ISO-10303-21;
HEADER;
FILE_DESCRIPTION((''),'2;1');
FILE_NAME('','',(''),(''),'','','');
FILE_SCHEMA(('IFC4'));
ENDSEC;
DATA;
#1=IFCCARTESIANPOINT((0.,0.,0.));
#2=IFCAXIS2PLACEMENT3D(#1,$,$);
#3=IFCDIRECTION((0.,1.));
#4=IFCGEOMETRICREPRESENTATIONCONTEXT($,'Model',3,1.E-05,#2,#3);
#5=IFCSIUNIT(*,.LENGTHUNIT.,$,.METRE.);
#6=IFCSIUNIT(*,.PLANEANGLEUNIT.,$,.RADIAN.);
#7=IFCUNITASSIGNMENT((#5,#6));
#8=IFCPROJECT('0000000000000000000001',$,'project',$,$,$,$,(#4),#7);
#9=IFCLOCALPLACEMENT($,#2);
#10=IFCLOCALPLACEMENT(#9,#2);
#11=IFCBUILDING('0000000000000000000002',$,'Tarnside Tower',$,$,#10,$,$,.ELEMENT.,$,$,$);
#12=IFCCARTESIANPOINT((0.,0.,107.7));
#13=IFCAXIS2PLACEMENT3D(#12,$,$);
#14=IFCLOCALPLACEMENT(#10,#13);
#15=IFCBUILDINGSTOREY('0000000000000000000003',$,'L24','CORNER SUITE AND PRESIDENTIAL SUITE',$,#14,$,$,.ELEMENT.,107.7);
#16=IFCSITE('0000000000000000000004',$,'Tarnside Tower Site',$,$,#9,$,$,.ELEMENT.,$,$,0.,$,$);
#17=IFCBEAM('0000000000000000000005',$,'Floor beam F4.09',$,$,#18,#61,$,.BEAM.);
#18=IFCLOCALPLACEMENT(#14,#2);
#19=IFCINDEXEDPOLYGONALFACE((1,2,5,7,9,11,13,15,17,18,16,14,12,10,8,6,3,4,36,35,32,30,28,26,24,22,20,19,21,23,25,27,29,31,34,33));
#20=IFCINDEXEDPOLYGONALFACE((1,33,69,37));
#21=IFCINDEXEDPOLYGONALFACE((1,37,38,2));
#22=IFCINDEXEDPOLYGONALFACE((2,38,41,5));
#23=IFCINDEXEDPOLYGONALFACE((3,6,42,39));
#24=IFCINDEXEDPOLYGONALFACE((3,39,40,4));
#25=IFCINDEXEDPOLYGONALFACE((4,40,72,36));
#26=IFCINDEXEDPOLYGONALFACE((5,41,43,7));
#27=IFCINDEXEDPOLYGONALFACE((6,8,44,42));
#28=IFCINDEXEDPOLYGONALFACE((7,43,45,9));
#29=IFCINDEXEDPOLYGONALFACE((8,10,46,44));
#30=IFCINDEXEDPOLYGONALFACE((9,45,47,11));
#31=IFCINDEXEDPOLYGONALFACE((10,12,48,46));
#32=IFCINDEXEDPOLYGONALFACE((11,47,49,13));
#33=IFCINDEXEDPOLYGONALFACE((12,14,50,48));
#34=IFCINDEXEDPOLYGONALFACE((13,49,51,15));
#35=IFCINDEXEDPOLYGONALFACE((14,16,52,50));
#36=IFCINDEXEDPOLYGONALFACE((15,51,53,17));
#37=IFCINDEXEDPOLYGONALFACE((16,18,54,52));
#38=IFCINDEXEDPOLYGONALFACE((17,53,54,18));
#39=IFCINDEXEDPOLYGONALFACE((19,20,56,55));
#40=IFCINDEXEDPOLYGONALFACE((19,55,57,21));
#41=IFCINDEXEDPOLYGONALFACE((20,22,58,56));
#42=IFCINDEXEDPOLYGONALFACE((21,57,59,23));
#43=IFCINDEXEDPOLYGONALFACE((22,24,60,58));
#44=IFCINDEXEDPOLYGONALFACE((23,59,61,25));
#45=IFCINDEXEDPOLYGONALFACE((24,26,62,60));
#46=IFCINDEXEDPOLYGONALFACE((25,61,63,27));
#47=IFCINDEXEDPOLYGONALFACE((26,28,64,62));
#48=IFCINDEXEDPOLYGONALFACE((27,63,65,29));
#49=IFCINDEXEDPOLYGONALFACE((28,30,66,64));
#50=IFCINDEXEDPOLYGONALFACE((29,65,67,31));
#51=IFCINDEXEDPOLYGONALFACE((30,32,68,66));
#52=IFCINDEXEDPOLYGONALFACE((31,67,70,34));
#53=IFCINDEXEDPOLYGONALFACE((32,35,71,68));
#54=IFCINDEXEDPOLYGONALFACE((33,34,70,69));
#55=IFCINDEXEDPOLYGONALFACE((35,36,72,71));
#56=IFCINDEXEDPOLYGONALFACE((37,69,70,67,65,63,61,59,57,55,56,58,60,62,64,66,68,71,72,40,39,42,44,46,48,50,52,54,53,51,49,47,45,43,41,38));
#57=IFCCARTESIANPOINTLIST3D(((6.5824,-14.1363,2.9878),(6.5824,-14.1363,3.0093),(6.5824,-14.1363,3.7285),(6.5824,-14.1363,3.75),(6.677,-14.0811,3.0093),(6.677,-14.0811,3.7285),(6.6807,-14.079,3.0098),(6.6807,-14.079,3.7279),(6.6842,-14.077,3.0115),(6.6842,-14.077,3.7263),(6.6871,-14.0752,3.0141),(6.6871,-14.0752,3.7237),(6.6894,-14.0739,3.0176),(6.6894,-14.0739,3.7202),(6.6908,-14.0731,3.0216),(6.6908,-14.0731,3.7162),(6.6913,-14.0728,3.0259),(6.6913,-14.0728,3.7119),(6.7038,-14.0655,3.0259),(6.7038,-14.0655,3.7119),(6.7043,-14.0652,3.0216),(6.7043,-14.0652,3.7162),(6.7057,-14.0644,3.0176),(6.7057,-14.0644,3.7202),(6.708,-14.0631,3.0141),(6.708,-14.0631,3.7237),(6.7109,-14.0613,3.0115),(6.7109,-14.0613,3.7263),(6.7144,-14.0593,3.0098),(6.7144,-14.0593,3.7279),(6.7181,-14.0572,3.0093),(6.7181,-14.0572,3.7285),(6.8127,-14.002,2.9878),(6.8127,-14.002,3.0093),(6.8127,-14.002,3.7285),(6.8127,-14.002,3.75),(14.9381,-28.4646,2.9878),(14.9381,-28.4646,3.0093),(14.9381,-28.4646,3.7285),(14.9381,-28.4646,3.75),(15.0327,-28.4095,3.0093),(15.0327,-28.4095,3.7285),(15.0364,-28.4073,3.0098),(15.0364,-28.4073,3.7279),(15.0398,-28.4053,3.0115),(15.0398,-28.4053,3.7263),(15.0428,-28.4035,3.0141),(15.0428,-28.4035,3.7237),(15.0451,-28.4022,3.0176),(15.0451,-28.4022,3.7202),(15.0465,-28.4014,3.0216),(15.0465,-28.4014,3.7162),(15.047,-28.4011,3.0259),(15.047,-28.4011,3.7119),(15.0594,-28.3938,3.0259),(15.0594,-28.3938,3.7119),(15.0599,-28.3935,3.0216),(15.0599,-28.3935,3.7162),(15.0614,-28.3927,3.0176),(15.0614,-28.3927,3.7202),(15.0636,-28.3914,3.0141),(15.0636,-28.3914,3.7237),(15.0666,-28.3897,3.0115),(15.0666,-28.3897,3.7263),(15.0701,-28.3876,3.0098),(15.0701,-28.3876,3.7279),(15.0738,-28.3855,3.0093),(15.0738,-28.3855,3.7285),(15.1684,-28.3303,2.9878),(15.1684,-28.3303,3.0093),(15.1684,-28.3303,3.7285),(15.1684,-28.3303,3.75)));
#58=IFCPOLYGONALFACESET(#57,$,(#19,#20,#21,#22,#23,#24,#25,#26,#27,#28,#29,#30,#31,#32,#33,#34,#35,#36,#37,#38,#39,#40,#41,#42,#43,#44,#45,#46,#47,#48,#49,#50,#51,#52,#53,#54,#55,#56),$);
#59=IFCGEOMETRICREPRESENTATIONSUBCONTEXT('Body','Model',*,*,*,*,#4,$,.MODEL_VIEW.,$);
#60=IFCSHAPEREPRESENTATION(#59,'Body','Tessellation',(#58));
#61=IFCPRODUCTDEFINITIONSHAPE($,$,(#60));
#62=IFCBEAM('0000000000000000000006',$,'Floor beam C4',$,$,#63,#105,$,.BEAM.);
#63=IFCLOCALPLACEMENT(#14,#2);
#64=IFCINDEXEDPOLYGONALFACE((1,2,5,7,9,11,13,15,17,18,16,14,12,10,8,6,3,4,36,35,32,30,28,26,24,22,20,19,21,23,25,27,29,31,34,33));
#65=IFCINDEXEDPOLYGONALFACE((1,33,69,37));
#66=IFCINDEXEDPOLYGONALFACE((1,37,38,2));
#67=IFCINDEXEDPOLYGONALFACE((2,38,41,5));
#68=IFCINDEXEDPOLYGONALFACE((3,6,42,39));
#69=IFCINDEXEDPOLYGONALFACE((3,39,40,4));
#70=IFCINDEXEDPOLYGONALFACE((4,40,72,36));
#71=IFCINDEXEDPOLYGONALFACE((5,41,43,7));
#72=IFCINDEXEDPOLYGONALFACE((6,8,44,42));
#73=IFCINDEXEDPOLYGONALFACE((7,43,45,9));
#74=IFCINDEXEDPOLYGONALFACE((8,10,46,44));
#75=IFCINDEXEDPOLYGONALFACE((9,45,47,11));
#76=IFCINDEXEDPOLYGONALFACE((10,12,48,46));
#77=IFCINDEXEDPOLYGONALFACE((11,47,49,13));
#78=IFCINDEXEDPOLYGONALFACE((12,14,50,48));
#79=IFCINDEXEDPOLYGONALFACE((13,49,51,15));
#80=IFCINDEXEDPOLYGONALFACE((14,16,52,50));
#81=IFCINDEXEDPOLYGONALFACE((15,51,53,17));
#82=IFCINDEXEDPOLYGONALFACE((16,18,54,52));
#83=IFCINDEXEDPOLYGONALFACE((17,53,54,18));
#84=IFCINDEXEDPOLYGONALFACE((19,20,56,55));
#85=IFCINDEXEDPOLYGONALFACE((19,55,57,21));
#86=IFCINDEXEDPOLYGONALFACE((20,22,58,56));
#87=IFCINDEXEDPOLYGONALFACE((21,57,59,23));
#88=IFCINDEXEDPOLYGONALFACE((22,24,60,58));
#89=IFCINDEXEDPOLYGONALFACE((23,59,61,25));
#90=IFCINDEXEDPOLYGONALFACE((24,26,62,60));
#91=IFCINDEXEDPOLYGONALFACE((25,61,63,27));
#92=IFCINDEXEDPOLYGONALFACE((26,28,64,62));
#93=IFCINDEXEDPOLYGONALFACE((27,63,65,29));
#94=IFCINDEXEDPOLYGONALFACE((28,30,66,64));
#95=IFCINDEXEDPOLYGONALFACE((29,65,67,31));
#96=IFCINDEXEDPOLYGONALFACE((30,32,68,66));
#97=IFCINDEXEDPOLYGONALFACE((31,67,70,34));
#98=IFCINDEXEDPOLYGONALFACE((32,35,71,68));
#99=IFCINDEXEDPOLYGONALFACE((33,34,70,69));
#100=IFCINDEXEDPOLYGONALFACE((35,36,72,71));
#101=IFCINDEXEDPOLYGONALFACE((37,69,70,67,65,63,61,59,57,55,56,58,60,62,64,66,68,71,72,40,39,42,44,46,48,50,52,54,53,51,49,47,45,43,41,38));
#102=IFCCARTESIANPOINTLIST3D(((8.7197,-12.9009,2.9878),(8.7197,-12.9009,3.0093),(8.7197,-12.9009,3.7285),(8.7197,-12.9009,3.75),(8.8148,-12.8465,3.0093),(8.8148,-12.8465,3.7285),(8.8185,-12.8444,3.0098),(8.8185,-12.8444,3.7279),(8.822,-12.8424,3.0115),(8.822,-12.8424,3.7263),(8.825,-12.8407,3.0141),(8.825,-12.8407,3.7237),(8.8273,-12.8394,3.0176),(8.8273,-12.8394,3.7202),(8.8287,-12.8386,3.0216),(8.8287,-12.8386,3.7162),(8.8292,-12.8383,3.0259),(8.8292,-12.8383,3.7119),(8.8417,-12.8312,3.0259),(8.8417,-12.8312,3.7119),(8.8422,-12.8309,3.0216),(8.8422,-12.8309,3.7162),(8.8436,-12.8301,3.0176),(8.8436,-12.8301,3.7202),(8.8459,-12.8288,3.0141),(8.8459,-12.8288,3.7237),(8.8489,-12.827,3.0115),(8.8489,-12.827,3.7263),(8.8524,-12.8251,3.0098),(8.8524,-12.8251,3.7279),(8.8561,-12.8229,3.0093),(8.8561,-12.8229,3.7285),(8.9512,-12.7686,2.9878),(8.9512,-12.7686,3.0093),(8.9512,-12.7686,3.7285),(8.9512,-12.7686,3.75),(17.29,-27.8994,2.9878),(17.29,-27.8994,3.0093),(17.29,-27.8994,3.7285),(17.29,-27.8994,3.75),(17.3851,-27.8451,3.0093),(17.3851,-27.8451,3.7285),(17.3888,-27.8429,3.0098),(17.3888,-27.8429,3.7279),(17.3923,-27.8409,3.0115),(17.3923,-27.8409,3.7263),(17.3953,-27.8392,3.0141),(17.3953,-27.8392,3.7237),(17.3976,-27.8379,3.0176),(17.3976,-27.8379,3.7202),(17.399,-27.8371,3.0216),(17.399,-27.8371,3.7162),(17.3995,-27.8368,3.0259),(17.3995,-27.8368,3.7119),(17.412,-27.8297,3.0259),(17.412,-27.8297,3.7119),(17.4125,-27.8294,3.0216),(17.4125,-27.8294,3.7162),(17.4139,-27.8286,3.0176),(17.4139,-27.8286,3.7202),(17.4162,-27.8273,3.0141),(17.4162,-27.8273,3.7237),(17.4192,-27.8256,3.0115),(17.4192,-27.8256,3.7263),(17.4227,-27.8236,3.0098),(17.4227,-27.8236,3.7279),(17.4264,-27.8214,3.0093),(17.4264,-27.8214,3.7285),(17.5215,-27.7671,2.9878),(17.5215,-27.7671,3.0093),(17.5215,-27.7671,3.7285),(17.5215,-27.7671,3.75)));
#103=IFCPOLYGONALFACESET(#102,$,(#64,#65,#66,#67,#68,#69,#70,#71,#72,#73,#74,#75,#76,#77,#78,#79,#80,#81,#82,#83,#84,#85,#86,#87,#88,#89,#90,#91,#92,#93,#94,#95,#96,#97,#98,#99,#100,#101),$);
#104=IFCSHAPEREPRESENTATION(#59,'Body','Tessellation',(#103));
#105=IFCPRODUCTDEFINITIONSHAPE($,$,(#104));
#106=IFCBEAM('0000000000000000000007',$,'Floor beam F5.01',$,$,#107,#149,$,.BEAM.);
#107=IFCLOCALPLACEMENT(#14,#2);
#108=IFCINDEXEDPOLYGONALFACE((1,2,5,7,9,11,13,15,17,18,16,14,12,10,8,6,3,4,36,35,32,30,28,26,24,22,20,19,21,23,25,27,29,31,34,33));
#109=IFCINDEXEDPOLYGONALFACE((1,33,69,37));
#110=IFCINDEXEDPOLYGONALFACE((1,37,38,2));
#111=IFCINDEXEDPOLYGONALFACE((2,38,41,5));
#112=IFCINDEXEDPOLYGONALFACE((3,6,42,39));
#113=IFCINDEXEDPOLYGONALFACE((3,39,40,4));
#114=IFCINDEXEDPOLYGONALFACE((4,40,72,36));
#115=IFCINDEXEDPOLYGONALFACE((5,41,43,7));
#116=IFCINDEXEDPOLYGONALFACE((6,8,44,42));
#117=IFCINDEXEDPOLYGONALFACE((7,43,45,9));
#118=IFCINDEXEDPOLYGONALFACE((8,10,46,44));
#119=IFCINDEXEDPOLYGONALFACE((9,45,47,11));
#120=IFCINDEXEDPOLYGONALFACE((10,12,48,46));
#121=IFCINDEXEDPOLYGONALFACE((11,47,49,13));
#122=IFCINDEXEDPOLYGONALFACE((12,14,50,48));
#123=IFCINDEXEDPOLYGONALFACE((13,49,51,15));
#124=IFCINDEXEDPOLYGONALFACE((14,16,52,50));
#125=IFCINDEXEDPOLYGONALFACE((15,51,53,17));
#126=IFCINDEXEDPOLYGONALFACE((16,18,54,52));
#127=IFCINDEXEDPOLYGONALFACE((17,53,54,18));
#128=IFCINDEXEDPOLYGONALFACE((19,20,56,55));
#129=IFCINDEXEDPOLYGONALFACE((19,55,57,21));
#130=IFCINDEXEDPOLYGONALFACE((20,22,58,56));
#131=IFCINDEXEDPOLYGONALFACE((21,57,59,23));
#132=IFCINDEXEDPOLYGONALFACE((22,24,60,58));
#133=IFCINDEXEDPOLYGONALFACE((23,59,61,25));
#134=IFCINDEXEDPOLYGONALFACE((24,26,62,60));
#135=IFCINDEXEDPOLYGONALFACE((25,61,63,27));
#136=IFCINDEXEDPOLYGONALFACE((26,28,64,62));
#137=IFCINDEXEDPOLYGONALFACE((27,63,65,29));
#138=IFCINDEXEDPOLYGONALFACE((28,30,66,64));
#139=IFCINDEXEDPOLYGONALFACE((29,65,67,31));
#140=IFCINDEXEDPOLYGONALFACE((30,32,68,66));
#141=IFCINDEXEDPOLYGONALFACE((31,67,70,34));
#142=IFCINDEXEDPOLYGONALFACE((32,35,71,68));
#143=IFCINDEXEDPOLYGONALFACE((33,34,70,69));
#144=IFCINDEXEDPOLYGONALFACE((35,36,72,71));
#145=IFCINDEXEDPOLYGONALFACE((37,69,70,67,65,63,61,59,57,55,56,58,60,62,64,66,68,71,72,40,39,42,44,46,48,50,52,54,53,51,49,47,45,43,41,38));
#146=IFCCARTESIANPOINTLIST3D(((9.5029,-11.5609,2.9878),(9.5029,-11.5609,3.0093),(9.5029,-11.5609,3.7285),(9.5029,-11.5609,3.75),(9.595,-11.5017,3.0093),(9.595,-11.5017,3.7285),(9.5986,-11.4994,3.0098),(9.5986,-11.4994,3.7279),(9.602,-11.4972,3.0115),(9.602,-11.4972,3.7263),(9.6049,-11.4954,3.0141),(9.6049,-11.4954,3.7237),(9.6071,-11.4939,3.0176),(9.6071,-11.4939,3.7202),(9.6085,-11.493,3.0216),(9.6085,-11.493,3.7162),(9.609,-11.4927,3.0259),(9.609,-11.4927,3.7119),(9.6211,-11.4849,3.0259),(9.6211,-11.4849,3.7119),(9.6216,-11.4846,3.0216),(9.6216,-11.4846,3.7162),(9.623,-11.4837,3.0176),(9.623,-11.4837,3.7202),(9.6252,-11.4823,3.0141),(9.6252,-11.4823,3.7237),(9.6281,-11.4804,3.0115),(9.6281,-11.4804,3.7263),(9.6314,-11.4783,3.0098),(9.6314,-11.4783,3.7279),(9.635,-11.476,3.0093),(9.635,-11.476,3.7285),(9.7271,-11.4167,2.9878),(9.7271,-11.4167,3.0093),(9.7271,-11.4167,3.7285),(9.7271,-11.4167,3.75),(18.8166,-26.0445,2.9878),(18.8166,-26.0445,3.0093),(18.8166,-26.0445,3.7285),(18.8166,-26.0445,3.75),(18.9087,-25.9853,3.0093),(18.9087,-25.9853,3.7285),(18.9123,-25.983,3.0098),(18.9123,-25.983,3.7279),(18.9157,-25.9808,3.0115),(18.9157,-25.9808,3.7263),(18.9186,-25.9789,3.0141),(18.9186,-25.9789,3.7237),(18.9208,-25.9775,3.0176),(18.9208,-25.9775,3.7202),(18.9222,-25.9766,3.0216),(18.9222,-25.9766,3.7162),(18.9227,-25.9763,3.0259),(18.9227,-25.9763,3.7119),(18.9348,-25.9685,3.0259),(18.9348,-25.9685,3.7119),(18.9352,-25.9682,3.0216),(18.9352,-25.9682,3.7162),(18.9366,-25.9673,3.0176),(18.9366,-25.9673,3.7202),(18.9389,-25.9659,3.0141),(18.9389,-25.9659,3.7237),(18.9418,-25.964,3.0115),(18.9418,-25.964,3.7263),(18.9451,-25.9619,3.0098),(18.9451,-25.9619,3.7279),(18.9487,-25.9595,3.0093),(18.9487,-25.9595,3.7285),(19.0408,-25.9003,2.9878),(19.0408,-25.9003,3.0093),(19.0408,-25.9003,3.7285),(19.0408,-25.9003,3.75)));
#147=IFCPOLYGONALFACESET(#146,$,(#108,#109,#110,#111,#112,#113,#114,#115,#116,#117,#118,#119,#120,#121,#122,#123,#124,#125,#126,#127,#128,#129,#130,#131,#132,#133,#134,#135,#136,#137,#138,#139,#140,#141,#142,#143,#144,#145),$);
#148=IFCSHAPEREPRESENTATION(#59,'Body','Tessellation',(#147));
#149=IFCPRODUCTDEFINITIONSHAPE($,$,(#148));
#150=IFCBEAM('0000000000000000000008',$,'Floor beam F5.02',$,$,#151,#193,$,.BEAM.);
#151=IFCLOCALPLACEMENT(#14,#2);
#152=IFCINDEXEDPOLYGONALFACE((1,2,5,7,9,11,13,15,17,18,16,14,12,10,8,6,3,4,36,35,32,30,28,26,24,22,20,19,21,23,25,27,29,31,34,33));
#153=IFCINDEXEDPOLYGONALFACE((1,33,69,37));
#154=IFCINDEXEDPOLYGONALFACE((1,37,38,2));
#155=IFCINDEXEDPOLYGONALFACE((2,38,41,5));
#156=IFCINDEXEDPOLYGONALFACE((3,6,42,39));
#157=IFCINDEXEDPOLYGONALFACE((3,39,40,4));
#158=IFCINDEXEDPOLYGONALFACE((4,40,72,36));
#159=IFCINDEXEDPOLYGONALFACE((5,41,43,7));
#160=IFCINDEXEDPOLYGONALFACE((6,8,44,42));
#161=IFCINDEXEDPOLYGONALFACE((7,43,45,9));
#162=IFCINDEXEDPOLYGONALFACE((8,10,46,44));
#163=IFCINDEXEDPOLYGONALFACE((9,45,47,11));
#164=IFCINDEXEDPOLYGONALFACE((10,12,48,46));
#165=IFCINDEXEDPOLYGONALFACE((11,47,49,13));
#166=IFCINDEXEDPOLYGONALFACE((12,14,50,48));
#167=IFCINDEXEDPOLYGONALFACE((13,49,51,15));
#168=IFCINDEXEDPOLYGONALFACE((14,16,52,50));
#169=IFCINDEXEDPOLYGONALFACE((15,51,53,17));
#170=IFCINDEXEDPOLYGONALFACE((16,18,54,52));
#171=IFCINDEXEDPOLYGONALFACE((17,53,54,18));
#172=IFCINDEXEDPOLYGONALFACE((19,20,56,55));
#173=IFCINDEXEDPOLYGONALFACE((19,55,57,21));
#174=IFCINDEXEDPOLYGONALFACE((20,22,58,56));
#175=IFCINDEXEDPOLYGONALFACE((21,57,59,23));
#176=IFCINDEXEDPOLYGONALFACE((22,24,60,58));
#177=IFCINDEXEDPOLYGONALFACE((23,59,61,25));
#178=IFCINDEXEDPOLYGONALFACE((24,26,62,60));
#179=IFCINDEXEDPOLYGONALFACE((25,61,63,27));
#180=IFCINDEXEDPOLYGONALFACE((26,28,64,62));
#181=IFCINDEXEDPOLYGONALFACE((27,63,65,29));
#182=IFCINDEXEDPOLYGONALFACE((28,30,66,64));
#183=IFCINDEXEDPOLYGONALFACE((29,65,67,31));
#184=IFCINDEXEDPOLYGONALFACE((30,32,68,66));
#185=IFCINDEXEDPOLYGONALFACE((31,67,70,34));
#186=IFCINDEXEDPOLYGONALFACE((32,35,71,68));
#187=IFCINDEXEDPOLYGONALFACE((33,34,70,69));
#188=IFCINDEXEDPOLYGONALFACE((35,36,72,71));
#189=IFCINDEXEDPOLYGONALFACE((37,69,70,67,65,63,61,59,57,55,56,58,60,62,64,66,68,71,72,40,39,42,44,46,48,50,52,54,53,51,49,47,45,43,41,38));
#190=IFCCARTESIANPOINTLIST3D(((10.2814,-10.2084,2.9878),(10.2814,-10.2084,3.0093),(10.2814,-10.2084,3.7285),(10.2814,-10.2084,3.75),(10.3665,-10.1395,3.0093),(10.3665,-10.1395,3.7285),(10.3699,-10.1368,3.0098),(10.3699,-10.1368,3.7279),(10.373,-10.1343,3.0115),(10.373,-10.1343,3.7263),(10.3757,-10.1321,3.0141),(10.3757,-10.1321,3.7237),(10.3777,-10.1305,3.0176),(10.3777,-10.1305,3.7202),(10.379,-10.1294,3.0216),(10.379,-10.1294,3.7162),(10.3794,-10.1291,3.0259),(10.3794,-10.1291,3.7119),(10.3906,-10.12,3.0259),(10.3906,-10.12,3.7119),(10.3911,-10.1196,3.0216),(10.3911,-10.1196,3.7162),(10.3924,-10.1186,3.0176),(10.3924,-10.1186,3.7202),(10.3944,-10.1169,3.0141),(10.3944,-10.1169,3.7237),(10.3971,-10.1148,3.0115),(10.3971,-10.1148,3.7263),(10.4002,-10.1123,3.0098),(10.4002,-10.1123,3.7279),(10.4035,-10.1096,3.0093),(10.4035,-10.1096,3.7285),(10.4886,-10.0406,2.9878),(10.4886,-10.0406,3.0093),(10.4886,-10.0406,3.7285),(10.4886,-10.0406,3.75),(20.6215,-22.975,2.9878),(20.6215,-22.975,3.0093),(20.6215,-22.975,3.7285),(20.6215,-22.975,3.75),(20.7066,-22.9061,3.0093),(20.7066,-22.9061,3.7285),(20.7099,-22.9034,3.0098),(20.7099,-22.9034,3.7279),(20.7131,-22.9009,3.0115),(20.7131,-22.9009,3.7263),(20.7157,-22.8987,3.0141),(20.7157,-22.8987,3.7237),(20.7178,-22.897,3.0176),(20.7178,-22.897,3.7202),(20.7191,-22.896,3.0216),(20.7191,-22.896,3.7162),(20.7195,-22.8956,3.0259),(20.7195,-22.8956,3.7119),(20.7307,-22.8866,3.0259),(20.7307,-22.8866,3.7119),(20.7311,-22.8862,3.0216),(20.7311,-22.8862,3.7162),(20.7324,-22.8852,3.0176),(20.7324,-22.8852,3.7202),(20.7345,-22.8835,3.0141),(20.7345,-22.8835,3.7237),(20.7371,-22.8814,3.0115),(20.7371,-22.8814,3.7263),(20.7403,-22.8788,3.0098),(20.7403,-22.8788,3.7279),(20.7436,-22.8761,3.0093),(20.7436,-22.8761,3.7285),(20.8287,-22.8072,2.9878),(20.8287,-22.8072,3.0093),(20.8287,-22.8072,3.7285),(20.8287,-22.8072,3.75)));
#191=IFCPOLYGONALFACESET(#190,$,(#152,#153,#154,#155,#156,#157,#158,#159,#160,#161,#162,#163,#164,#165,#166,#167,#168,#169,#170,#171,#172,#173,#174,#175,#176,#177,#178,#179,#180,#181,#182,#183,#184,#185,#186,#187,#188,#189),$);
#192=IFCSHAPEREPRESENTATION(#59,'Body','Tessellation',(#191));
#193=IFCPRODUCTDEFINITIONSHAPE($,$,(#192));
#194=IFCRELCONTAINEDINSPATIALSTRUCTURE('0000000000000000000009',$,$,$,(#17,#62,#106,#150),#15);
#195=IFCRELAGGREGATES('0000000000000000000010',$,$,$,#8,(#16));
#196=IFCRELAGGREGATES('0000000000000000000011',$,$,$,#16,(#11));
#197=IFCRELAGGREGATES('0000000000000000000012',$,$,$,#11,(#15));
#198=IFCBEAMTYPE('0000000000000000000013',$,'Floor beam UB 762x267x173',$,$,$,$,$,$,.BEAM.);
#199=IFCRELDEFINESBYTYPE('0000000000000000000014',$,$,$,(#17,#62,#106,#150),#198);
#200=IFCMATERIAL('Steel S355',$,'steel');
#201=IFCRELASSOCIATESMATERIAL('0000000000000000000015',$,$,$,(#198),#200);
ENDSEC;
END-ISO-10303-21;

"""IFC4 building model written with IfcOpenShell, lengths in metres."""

from ifc_helpers import new_model, si_unit, direction, frame, origin, origin_2d, place, context, subcontext, project, spatial, i_section, extrude, material, material_profile, profile_set, type_object, element, save


model = new_model("IFC4")

# Units and contexts
model_context = context("Model", 3, precision=1e-05, world=origin(), true_north=direction((0.0, 1.0)))
body_context = subcontext(model_context, "Body", "Model", "MODEL_VIEW")
ifc_project = project(units=[si_unit("LENGTHUNIT", "METRE"), si_unit("PLANEANGLEUNIT", "RADIAN")], contexts=[model_context])

# Site, building, storey
site_placement = place(None, origin())
site = spatial("IfcSite", under=ifc_project, at=site_placement, Name="Tarnside Tower Site", CompositionType="ELEMENT", RefElevation=0.0)
building_placement = place(site_placement, origin())
building = spatial("IfcBuilding", under=site, at=building_placement, Name="Tarnside Tower", CompositionType="ELEMENT")
storey_placement = place(building_placement, frame((0.0, 0.0, 107.7)))
storey = spatial("IfcBuildingStorey", under=building, at=storey_placement, Name="L24", Description="CORNER SUITE AND PRESIDENTIAL SUITE", CompositionType="ELEMENT", Elevation=107.7)

# Beams
ifc_material_1 = material(Name="Steel S355", Category="steel")
ifc_material_profile = material_profile(ifc_material_1, i_section(OverallWidth=0.2666, OverallDepth=0.7622, WebThickness=0.0144, FlangeThickness=0.0215, FilletRadius=0.0166, at=origin_2d()), Name="UB 762x267x173")
ifc_profile_set = profile_set([ifc_material_profile], Name="Steel S355")
beam_type = type_object("IfcBeamType", Name="Floor beam UB 762x267x173", PredefinedType="BEAM", material=ifc_profile_set)
beam_1_placement = place(storey_placement, frame((15.0532, -28.3975, 3.3689), z_axis=(-0.503758, 0.863845, 0.0), x_axis=(-0.863845, -0.503758, 0.0)))
element("IfcBeam", 1, at=beam_1_placement, inside=storey, type_object=beam_type, Name="Floor beam F4.09", PredefinedType="BEAM", context=body_context, shape_type="SweptSolid", body=[
    extrude(i_section(OverallWidth=0.2666, OverallDepth=0.7622, WebThickness=0.0144, FlangeThickness=0.0215, FilletRadius=0.0166, at=origin_2d()), origin(), (0.0, 0.0, 1.0), 16.5867),
])
beam_2_placement = place(storey_placement, frame((17.4058, -27.8333, 3.3689), z_axis=(-0.496127, 0.86825, 0.0), x_axis=(-0.86825, -0.496127, 0.0)))
element("IfcBeam", 2, at=beam_2_placement, inside=storey, type_object=beam_type, Name="Floor beam C4", PredefinedType="BEAM", context=body_context, shape_type="SweptSolid", body=[
    extrude(i_section(OverallWidth=0.2666, OverallDepth=0.7622, WebThickness=0.0144, FlangeThickness=0.0215, FilletRadius=0.0166, at=origin_2d()), origin(), (0.0, 0.0, 1.0), 17.2744),
])
beam_3_placement = place(storey_placement, frame((18.9287, -25.9724, 3.3689), z_axis=(-0.540873, 0.841104, 0.0), x_axis=(-0.841104, -0.540873, 0.0)))
element("IfcBeam", 3, at=beam_3_placement, inside=storey, type_object=beam_type, Name="Floor beam F5.01", PredefinedType="BEAM", context=body_context, shape_type="SweptSolid", body=[
    extrude(i_section(OverallWidth=0.2666, OverallDepth=0.7622, WebThickness=0.0144, FlangeThickness=0.0215, FilletRadius=0.0166, at=origin_2d()), origin(), (0.0, 0.0, 1.0), 17.2197),
])
beam_4_placement = place(storey_placement, frame((20.7251, -22.8911, 3.3689), z_axis=(-0.62939, 0.777089, 0.0), x_axis=(-0.777089, -0.62939, 0.0)))
element("IfcBeam", 4, at=beam_4_placement, inside=storey, type_object=beam_type, Name="Floor beam F5.02", PredefinedType="BEAM", context=body_context, shape_type="SweptSolid", body=[
    extrude(i_section(OverallWidth=0.2666, OverallDepth=0.7622, WebThickness=0.0144, FlangeThickness=0.0215, FilletRadius=0.0166, at=origin_2d()), origin(), (0.0, 0.0, 1.0), 16.4287),
])

save(model, "model.ifc")
